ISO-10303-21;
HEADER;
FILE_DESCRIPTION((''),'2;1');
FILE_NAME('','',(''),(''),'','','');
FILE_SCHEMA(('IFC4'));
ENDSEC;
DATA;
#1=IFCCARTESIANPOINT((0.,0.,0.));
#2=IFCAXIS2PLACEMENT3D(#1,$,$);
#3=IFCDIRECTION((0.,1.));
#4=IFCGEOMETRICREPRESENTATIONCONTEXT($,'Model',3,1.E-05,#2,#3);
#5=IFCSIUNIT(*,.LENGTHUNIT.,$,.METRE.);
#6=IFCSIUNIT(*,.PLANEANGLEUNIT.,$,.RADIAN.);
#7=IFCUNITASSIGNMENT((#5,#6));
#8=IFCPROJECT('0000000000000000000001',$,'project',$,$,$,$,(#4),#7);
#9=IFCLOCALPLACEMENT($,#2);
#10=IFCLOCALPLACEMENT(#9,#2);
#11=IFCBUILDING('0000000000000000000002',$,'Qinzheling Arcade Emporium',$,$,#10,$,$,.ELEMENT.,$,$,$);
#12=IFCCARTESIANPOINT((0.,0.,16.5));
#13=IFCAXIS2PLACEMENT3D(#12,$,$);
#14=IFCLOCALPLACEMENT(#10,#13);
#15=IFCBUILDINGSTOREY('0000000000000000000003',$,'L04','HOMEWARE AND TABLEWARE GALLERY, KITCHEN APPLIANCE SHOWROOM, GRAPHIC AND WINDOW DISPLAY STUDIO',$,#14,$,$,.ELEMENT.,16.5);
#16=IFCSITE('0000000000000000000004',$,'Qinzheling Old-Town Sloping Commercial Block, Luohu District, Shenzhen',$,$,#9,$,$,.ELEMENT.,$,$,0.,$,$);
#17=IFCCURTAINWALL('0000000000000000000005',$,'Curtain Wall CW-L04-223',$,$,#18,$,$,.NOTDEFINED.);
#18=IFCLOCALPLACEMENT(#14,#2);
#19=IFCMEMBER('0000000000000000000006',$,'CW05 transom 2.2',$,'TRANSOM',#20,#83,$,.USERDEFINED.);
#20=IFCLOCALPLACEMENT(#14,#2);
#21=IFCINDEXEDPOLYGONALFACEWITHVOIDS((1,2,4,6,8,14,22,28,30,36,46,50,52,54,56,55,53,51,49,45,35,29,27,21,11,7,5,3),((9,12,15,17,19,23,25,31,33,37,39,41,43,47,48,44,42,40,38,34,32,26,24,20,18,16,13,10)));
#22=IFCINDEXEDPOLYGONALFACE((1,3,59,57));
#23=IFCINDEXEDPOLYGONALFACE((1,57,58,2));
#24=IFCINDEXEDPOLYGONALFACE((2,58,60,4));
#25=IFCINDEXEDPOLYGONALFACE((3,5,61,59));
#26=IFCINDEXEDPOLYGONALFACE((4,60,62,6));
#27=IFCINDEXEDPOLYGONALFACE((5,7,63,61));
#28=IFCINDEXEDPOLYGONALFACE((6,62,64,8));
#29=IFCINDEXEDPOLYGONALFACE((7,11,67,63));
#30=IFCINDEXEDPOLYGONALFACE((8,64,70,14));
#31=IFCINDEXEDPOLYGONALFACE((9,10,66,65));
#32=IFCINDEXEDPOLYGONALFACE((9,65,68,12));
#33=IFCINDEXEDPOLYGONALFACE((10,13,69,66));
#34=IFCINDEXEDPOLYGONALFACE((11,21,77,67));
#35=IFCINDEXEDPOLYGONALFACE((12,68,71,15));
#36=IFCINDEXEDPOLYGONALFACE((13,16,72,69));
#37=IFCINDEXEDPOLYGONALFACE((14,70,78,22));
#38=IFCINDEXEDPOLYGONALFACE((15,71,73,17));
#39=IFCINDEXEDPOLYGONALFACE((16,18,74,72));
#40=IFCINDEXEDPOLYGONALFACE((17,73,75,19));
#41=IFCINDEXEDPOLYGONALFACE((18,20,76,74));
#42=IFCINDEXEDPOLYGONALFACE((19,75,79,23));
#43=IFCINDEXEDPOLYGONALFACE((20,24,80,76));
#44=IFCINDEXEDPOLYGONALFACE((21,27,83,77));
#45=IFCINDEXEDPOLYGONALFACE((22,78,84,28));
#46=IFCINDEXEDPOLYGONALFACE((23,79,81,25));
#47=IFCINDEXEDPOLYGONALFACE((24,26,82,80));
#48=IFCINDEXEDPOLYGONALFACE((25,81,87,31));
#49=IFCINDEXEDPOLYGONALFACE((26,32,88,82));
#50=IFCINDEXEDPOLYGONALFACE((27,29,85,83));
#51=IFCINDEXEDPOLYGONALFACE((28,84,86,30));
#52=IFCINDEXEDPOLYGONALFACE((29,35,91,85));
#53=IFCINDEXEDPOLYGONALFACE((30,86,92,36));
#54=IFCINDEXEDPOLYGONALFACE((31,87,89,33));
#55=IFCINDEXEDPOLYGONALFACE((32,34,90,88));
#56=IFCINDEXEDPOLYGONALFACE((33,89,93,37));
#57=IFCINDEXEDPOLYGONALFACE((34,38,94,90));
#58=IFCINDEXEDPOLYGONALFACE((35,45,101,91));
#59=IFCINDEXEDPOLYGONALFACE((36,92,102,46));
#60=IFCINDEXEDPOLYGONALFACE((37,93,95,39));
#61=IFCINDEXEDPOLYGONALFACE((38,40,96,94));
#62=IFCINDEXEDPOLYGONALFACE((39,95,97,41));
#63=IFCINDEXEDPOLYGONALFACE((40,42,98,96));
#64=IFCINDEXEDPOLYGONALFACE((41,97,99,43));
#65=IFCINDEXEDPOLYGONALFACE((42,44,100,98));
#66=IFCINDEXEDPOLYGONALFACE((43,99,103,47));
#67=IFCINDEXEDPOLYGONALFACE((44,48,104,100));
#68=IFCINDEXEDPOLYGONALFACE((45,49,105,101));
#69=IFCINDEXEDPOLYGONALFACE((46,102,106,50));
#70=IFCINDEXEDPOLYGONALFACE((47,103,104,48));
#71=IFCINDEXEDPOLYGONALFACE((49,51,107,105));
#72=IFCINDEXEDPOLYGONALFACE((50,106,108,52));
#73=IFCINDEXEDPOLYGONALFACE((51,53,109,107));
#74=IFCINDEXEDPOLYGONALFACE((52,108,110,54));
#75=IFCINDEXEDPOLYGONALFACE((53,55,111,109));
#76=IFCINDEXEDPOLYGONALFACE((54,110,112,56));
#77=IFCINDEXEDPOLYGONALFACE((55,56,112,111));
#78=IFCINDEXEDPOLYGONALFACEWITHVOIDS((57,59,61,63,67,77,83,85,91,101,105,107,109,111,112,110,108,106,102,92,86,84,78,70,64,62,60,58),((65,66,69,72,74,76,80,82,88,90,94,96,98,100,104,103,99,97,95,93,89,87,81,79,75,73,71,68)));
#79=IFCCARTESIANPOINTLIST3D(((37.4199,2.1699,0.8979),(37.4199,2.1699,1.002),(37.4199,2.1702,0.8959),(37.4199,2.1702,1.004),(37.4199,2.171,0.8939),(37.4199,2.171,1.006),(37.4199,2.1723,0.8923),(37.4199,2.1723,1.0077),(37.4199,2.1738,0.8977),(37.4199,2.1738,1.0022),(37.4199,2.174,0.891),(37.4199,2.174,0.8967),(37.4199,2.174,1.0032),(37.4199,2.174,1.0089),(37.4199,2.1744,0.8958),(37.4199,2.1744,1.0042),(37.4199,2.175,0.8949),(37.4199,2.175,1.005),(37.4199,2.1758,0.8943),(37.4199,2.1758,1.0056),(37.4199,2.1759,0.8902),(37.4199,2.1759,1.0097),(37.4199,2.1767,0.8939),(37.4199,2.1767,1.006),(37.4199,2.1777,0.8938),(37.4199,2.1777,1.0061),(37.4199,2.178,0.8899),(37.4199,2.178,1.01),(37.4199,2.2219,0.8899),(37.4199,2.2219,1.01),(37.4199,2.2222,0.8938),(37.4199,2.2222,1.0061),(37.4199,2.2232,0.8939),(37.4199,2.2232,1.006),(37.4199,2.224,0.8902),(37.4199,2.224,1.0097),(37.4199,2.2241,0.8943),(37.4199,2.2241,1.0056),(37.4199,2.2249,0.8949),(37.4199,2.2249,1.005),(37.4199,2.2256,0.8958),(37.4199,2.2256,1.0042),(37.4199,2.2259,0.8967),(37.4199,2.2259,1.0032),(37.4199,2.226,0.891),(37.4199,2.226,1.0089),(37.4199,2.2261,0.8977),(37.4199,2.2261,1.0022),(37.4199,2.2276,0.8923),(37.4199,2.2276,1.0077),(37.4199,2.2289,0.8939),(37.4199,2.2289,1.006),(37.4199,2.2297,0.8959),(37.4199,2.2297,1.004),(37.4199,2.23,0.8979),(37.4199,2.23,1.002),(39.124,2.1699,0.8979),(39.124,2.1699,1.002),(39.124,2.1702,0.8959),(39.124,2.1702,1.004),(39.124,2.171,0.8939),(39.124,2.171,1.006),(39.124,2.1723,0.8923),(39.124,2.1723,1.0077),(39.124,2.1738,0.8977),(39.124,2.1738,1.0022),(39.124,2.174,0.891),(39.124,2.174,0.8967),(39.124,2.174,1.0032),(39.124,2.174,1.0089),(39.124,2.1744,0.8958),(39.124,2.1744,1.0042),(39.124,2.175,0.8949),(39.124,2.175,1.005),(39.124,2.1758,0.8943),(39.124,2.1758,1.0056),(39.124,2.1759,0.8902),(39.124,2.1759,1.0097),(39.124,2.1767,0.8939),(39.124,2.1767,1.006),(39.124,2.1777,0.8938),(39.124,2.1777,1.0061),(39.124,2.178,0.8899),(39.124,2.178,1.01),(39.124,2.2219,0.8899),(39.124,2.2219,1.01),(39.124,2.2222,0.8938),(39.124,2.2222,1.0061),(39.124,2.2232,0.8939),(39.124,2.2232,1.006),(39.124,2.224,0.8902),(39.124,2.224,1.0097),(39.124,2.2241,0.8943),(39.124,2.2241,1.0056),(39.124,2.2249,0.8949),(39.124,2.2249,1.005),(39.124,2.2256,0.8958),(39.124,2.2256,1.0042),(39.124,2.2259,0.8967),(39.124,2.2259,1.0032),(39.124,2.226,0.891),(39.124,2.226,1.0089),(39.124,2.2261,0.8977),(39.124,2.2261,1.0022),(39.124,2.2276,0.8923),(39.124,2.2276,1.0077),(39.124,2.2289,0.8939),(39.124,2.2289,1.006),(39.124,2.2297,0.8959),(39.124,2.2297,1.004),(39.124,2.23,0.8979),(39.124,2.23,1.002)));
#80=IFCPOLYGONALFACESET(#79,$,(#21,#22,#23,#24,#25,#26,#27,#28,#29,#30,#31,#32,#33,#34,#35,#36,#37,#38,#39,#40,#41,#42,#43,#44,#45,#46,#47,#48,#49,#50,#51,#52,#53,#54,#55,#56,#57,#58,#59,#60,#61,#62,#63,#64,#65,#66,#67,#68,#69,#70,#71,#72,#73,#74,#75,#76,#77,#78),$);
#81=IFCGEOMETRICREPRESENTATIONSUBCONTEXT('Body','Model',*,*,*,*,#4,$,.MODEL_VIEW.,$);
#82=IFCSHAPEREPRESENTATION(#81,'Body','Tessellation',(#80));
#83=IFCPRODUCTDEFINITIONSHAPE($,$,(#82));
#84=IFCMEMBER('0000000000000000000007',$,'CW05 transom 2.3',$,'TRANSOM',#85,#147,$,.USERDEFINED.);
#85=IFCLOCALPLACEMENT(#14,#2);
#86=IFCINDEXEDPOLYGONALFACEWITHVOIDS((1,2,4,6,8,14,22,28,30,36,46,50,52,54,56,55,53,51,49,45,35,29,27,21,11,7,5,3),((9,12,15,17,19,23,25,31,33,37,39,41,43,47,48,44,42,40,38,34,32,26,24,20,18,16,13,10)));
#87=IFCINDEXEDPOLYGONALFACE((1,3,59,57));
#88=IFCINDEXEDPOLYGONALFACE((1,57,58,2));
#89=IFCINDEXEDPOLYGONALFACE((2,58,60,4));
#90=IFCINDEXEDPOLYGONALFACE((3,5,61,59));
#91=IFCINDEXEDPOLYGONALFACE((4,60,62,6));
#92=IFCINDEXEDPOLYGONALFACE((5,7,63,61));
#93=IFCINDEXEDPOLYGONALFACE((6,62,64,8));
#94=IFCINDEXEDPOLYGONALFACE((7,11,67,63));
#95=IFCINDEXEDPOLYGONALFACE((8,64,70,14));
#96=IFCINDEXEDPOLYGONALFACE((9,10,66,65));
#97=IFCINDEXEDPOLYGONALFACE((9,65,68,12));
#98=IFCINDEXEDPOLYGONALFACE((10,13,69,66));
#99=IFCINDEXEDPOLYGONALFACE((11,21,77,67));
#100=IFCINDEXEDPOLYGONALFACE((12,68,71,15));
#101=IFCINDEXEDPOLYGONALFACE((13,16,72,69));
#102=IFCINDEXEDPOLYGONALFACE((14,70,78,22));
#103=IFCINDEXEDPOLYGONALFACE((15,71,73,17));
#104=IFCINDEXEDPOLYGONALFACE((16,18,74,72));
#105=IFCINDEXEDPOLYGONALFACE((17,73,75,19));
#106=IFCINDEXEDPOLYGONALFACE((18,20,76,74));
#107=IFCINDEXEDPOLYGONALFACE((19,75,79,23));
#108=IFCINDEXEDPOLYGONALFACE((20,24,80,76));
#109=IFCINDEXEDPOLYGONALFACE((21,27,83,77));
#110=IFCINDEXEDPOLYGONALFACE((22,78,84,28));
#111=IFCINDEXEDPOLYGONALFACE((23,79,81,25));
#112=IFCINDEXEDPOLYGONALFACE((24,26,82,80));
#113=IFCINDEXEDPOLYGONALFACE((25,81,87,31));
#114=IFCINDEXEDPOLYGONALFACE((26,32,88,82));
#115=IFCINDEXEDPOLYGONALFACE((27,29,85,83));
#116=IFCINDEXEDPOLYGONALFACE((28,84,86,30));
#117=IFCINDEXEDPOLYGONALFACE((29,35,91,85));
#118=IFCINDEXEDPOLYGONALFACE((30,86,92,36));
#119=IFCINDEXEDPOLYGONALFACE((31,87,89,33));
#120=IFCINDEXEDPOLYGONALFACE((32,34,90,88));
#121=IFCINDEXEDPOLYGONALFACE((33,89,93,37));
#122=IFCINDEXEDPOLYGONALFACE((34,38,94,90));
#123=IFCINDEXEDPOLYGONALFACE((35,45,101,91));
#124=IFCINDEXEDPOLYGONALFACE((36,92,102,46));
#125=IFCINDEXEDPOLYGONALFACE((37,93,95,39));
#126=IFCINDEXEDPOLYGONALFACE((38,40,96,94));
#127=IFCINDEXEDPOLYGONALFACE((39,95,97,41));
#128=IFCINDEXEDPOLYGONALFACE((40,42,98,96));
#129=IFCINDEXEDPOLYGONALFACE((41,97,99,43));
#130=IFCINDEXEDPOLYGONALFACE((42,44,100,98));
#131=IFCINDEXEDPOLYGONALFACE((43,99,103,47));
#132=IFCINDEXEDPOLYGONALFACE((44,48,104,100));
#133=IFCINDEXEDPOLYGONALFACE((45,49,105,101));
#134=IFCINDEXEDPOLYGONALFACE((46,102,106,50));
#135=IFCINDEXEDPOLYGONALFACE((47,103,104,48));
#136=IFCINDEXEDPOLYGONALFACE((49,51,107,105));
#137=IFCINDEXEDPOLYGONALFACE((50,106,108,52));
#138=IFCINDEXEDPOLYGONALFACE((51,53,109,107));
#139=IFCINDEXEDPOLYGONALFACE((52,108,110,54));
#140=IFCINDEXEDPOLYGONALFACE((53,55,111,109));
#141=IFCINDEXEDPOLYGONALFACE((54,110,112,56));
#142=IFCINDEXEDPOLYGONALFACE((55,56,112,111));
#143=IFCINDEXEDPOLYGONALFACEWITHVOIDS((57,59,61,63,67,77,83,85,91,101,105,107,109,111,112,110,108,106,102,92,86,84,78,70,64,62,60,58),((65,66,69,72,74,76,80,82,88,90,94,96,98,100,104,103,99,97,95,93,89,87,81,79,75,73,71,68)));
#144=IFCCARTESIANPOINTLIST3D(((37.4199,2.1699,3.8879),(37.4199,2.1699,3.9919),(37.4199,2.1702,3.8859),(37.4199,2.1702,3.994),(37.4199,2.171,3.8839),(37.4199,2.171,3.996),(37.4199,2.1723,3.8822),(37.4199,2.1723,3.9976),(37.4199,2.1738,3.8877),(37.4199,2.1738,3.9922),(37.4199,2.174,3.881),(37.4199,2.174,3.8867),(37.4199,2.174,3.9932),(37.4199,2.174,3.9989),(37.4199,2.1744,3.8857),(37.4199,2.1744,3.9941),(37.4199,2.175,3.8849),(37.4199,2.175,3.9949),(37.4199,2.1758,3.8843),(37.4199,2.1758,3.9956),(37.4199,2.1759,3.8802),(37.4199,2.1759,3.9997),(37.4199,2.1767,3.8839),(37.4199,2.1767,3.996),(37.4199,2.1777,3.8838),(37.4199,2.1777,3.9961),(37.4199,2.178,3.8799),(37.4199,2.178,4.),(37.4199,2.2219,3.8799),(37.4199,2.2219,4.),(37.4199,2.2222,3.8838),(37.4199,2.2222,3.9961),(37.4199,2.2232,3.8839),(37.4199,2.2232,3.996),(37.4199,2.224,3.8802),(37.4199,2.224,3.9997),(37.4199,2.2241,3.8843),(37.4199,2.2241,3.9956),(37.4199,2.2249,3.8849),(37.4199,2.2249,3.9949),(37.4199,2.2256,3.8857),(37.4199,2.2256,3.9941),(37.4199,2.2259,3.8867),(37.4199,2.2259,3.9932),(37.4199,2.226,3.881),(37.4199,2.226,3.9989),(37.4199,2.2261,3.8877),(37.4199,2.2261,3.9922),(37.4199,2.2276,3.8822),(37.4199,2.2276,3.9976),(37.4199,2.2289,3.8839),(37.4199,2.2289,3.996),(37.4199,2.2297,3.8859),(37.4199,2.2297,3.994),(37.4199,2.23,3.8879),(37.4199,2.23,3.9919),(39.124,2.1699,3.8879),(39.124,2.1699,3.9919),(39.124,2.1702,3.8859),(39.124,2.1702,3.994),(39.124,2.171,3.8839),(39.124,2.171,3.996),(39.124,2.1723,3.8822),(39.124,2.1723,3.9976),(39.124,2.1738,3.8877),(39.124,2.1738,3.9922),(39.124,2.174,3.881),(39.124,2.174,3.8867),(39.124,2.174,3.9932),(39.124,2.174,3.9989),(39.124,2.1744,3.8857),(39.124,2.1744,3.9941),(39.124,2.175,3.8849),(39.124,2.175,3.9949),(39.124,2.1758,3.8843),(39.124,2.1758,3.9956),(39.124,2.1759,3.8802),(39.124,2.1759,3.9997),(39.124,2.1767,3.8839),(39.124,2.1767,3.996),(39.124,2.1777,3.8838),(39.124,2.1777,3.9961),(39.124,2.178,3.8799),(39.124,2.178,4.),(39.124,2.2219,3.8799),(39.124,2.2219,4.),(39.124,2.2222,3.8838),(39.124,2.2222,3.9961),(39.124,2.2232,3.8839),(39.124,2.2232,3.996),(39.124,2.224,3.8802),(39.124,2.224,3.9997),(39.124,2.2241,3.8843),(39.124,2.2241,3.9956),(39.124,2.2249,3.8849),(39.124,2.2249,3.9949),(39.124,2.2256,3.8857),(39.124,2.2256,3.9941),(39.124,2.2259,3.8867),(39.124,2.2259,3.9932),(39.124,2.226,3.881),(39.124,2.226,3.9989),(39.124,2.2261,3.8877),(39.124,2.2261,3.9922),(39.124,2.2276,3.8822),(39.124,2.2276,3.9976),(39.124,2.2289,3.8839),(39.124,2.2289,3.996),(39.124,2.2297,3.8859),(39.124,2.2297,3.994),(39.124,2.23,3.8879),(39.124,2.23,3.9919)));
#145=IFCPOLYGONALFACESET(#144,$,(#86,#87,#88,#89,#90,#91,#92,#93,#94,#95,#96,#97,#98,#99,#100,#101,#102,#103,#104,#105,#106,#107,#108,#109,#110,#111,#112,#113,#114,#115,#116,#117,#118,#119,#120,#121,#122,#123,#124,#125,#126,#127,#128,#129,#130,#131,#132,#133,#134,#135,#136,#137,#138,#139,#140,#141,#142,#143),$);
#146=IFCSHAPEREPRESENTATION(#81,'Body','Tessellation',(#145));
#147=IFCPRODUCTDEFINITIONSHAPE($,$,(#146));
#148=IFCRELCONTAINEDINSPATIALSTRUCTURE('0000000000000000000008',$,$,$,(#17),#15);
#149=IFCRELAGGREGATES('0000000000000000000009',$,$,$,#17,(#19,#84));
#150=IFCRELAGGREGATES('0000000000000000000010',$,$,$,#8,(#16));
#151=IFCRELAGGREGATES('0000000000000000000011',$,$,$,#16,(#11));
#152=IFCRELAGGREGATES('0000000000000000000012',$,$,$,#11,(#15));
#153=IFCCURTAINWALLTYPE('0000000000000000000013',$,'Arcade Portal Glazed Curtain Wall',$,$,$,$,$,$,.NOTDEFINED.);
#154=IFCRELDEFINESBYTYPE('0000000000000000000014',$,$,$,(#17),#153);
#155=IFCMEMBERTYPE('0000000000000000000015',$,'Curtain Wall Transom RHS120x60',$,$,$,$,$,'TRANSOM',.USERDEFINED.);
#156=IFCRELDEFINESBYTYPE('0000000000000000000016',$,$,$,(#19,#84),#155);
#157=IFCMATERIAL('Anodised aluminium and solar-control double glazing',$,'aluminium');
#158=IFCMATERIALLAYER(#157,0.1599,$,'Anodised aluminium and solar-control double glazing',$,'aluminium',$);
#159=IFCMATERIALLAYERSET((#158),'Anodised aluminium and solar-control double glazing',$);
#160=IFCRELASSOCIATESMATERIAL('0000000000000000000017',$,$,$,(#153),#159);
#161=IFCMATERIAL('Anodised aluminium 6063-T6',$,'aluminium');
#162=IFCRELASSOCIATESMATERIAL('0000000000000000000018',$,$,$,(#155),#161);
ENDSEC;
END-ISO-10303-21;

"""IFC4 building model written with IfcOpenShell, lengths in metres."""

from ifc_helpers import new_model, si_unit, direction, frame, origin, origin_2d, place, context, subcontext, project, spatial, hollow_rectangle, extrude, material, layer, layer_set, material_profile, profile_set, type_object, element, aggregate, save


model = new_model("IFC4")

# Units and contexts
model_context = context("Model", 3, precision=1e-05, world=origin(), true_north=direction((0.0, 1.0)))
body_context = subcontext(model_context, "Body", "Model", "MODEL_VIEW")
ifc_project = project(units=[si_unit("LENGTHUNIT", "METRE"), si_unit("PLANEANGLEUNIT", "RADIAN")], contexts=[model_context])

# Site, building, storey
site_placement = place(None, origin())
site = spatial("IfcSite", under=ifc_project, at=site_placement, Name="Qinzheling Old-Town Sloping Commercial Block, Luohu District, Shenzhen", CompositionType="ELEMENT", RefElevation=0.0)
building_placement = place(site_placement, origin())
building = spatial("IfcBuilding", under=site, at=building_placement, Name="Qinzheling Arcade Emporium", CompositionType="ELEMENT")
storey_placement = place(building_placement, frame((0.0, 0.0, 16.5)))
storey = spatial("IfcBuildingStorey", under=building, at=storey_placement, Name="L04", Description="HOMEWARE AND TABLEWARE GALLERY, KITCHEN APPLIANCE SHOWROOM, GRAPHIC AND WINDOW DISPLAY STUDIO", CompositionType="ELEMENT", Elevation=16.5)

# Curtain wall
ifc_material_1 = material(Name="Anodised aluminium and solar-control double glazing", Category="aluminium")
ifc_layer_1 = layer(ifc_material_1, 0.1599, Name="Anodised aluminium and solar-control double glazing", Category="aluminium")
ifc_layer_set_1 = layer_set([ifc_layer_1], Name="Anodised aluminium and solar-control double glazing")
curtain_wall_type = type_object("IfcCurtainWallType", Name="Arcade Portal Glazed Curtain Wall", PredefinedType="NOTDEFINED", material=ifc_layer_set_1)
ifc_material_2 = material(Name="Anodised aluminium 6063-T6", Category="aluminium")
curtain_wall_1_placement = place(storey_placement, origin())
curtain_wall_1 = element("IfcCurtainWall", 1, at=curtain_wall_1_placement, inside=storey, type_object=curtain_wall_type, Name="Curtain Wall CW-L04-223", PredefinedType="NOTDEFINED")

# Members
ifc_material_profile_1 = material_profile(ifc_material_2, hollow_rectangle(XDim=0.0601, YDim=0.1201, WallThickness=0.0039, InnerFilletRadius=0.0039, OuterFilletRadius=0.0081, at=origin_2d()), Name="RHS 120x60x4", Category="aluminium")
ifc_profile_set_1 = profile_set([ifc_material_profile_1], Name="Anodised aluminium 6063-T6")
member_type_1 = type_object("IfcMemberType", Name="Curtain Wall Transom RHS120x60", ElementType="TRANSOM", PredefinedType="USERDEFINED", material=ifc_profile_set_1)
member_1_placement = place(storey_placement, frame((39.124, 2.2, 0.95), z_axis=(-1.0, 0.0, 0.0), x_axis=(0.0, -1.0, 0.0)))
member_1 = element("IfcMember", 2, at=member_1_placement, type_object=member_type_1, Name="CW05 transom 2.2", ObjectType="TRANSOM", PredefinedType="USERDEFINED", context=body_context, shape_type="SweptSolid", body=[
    extrude(hollow_rectangle(XDim=0.0601, YDim=0.1201, WallThickness=0.0039, InnerFilletRadius=0.0039, OuterFilletRadius=0.0081, at=origin_2d()), origin(), (0.0, 0.0, 1.0), 1.7041),
])
member_2_placement = place(storey_placement, frame((39.124, 2.2, 3.9399), z_axis=(-1.0, 0.0, 0.0), x_axis=(0.0, -1.0, 0.0)))
member_2 = element("IfcMember", 3, at=member_2_placement, type_object=member_type_1, Name="CW05 transom 2.3", ObjectType="TRANSOM", PredefinedType="USERDEFINED", context=body_context, shape_type="SweptSolid", body=[
    extrude(hollow_rectangle(XDim=0.0601, YDim=0.1201, WallThickness=0.0039, InnerFilletRadius=0.0039, OuterFilletRadius=0.0081, at=origin_2d()), origin(), (0.0, 0.0, 1.0), 1.7041),
])

aggregate(curtain_wall_1, [member_1, member_2])

save(model, "model.ifc")
